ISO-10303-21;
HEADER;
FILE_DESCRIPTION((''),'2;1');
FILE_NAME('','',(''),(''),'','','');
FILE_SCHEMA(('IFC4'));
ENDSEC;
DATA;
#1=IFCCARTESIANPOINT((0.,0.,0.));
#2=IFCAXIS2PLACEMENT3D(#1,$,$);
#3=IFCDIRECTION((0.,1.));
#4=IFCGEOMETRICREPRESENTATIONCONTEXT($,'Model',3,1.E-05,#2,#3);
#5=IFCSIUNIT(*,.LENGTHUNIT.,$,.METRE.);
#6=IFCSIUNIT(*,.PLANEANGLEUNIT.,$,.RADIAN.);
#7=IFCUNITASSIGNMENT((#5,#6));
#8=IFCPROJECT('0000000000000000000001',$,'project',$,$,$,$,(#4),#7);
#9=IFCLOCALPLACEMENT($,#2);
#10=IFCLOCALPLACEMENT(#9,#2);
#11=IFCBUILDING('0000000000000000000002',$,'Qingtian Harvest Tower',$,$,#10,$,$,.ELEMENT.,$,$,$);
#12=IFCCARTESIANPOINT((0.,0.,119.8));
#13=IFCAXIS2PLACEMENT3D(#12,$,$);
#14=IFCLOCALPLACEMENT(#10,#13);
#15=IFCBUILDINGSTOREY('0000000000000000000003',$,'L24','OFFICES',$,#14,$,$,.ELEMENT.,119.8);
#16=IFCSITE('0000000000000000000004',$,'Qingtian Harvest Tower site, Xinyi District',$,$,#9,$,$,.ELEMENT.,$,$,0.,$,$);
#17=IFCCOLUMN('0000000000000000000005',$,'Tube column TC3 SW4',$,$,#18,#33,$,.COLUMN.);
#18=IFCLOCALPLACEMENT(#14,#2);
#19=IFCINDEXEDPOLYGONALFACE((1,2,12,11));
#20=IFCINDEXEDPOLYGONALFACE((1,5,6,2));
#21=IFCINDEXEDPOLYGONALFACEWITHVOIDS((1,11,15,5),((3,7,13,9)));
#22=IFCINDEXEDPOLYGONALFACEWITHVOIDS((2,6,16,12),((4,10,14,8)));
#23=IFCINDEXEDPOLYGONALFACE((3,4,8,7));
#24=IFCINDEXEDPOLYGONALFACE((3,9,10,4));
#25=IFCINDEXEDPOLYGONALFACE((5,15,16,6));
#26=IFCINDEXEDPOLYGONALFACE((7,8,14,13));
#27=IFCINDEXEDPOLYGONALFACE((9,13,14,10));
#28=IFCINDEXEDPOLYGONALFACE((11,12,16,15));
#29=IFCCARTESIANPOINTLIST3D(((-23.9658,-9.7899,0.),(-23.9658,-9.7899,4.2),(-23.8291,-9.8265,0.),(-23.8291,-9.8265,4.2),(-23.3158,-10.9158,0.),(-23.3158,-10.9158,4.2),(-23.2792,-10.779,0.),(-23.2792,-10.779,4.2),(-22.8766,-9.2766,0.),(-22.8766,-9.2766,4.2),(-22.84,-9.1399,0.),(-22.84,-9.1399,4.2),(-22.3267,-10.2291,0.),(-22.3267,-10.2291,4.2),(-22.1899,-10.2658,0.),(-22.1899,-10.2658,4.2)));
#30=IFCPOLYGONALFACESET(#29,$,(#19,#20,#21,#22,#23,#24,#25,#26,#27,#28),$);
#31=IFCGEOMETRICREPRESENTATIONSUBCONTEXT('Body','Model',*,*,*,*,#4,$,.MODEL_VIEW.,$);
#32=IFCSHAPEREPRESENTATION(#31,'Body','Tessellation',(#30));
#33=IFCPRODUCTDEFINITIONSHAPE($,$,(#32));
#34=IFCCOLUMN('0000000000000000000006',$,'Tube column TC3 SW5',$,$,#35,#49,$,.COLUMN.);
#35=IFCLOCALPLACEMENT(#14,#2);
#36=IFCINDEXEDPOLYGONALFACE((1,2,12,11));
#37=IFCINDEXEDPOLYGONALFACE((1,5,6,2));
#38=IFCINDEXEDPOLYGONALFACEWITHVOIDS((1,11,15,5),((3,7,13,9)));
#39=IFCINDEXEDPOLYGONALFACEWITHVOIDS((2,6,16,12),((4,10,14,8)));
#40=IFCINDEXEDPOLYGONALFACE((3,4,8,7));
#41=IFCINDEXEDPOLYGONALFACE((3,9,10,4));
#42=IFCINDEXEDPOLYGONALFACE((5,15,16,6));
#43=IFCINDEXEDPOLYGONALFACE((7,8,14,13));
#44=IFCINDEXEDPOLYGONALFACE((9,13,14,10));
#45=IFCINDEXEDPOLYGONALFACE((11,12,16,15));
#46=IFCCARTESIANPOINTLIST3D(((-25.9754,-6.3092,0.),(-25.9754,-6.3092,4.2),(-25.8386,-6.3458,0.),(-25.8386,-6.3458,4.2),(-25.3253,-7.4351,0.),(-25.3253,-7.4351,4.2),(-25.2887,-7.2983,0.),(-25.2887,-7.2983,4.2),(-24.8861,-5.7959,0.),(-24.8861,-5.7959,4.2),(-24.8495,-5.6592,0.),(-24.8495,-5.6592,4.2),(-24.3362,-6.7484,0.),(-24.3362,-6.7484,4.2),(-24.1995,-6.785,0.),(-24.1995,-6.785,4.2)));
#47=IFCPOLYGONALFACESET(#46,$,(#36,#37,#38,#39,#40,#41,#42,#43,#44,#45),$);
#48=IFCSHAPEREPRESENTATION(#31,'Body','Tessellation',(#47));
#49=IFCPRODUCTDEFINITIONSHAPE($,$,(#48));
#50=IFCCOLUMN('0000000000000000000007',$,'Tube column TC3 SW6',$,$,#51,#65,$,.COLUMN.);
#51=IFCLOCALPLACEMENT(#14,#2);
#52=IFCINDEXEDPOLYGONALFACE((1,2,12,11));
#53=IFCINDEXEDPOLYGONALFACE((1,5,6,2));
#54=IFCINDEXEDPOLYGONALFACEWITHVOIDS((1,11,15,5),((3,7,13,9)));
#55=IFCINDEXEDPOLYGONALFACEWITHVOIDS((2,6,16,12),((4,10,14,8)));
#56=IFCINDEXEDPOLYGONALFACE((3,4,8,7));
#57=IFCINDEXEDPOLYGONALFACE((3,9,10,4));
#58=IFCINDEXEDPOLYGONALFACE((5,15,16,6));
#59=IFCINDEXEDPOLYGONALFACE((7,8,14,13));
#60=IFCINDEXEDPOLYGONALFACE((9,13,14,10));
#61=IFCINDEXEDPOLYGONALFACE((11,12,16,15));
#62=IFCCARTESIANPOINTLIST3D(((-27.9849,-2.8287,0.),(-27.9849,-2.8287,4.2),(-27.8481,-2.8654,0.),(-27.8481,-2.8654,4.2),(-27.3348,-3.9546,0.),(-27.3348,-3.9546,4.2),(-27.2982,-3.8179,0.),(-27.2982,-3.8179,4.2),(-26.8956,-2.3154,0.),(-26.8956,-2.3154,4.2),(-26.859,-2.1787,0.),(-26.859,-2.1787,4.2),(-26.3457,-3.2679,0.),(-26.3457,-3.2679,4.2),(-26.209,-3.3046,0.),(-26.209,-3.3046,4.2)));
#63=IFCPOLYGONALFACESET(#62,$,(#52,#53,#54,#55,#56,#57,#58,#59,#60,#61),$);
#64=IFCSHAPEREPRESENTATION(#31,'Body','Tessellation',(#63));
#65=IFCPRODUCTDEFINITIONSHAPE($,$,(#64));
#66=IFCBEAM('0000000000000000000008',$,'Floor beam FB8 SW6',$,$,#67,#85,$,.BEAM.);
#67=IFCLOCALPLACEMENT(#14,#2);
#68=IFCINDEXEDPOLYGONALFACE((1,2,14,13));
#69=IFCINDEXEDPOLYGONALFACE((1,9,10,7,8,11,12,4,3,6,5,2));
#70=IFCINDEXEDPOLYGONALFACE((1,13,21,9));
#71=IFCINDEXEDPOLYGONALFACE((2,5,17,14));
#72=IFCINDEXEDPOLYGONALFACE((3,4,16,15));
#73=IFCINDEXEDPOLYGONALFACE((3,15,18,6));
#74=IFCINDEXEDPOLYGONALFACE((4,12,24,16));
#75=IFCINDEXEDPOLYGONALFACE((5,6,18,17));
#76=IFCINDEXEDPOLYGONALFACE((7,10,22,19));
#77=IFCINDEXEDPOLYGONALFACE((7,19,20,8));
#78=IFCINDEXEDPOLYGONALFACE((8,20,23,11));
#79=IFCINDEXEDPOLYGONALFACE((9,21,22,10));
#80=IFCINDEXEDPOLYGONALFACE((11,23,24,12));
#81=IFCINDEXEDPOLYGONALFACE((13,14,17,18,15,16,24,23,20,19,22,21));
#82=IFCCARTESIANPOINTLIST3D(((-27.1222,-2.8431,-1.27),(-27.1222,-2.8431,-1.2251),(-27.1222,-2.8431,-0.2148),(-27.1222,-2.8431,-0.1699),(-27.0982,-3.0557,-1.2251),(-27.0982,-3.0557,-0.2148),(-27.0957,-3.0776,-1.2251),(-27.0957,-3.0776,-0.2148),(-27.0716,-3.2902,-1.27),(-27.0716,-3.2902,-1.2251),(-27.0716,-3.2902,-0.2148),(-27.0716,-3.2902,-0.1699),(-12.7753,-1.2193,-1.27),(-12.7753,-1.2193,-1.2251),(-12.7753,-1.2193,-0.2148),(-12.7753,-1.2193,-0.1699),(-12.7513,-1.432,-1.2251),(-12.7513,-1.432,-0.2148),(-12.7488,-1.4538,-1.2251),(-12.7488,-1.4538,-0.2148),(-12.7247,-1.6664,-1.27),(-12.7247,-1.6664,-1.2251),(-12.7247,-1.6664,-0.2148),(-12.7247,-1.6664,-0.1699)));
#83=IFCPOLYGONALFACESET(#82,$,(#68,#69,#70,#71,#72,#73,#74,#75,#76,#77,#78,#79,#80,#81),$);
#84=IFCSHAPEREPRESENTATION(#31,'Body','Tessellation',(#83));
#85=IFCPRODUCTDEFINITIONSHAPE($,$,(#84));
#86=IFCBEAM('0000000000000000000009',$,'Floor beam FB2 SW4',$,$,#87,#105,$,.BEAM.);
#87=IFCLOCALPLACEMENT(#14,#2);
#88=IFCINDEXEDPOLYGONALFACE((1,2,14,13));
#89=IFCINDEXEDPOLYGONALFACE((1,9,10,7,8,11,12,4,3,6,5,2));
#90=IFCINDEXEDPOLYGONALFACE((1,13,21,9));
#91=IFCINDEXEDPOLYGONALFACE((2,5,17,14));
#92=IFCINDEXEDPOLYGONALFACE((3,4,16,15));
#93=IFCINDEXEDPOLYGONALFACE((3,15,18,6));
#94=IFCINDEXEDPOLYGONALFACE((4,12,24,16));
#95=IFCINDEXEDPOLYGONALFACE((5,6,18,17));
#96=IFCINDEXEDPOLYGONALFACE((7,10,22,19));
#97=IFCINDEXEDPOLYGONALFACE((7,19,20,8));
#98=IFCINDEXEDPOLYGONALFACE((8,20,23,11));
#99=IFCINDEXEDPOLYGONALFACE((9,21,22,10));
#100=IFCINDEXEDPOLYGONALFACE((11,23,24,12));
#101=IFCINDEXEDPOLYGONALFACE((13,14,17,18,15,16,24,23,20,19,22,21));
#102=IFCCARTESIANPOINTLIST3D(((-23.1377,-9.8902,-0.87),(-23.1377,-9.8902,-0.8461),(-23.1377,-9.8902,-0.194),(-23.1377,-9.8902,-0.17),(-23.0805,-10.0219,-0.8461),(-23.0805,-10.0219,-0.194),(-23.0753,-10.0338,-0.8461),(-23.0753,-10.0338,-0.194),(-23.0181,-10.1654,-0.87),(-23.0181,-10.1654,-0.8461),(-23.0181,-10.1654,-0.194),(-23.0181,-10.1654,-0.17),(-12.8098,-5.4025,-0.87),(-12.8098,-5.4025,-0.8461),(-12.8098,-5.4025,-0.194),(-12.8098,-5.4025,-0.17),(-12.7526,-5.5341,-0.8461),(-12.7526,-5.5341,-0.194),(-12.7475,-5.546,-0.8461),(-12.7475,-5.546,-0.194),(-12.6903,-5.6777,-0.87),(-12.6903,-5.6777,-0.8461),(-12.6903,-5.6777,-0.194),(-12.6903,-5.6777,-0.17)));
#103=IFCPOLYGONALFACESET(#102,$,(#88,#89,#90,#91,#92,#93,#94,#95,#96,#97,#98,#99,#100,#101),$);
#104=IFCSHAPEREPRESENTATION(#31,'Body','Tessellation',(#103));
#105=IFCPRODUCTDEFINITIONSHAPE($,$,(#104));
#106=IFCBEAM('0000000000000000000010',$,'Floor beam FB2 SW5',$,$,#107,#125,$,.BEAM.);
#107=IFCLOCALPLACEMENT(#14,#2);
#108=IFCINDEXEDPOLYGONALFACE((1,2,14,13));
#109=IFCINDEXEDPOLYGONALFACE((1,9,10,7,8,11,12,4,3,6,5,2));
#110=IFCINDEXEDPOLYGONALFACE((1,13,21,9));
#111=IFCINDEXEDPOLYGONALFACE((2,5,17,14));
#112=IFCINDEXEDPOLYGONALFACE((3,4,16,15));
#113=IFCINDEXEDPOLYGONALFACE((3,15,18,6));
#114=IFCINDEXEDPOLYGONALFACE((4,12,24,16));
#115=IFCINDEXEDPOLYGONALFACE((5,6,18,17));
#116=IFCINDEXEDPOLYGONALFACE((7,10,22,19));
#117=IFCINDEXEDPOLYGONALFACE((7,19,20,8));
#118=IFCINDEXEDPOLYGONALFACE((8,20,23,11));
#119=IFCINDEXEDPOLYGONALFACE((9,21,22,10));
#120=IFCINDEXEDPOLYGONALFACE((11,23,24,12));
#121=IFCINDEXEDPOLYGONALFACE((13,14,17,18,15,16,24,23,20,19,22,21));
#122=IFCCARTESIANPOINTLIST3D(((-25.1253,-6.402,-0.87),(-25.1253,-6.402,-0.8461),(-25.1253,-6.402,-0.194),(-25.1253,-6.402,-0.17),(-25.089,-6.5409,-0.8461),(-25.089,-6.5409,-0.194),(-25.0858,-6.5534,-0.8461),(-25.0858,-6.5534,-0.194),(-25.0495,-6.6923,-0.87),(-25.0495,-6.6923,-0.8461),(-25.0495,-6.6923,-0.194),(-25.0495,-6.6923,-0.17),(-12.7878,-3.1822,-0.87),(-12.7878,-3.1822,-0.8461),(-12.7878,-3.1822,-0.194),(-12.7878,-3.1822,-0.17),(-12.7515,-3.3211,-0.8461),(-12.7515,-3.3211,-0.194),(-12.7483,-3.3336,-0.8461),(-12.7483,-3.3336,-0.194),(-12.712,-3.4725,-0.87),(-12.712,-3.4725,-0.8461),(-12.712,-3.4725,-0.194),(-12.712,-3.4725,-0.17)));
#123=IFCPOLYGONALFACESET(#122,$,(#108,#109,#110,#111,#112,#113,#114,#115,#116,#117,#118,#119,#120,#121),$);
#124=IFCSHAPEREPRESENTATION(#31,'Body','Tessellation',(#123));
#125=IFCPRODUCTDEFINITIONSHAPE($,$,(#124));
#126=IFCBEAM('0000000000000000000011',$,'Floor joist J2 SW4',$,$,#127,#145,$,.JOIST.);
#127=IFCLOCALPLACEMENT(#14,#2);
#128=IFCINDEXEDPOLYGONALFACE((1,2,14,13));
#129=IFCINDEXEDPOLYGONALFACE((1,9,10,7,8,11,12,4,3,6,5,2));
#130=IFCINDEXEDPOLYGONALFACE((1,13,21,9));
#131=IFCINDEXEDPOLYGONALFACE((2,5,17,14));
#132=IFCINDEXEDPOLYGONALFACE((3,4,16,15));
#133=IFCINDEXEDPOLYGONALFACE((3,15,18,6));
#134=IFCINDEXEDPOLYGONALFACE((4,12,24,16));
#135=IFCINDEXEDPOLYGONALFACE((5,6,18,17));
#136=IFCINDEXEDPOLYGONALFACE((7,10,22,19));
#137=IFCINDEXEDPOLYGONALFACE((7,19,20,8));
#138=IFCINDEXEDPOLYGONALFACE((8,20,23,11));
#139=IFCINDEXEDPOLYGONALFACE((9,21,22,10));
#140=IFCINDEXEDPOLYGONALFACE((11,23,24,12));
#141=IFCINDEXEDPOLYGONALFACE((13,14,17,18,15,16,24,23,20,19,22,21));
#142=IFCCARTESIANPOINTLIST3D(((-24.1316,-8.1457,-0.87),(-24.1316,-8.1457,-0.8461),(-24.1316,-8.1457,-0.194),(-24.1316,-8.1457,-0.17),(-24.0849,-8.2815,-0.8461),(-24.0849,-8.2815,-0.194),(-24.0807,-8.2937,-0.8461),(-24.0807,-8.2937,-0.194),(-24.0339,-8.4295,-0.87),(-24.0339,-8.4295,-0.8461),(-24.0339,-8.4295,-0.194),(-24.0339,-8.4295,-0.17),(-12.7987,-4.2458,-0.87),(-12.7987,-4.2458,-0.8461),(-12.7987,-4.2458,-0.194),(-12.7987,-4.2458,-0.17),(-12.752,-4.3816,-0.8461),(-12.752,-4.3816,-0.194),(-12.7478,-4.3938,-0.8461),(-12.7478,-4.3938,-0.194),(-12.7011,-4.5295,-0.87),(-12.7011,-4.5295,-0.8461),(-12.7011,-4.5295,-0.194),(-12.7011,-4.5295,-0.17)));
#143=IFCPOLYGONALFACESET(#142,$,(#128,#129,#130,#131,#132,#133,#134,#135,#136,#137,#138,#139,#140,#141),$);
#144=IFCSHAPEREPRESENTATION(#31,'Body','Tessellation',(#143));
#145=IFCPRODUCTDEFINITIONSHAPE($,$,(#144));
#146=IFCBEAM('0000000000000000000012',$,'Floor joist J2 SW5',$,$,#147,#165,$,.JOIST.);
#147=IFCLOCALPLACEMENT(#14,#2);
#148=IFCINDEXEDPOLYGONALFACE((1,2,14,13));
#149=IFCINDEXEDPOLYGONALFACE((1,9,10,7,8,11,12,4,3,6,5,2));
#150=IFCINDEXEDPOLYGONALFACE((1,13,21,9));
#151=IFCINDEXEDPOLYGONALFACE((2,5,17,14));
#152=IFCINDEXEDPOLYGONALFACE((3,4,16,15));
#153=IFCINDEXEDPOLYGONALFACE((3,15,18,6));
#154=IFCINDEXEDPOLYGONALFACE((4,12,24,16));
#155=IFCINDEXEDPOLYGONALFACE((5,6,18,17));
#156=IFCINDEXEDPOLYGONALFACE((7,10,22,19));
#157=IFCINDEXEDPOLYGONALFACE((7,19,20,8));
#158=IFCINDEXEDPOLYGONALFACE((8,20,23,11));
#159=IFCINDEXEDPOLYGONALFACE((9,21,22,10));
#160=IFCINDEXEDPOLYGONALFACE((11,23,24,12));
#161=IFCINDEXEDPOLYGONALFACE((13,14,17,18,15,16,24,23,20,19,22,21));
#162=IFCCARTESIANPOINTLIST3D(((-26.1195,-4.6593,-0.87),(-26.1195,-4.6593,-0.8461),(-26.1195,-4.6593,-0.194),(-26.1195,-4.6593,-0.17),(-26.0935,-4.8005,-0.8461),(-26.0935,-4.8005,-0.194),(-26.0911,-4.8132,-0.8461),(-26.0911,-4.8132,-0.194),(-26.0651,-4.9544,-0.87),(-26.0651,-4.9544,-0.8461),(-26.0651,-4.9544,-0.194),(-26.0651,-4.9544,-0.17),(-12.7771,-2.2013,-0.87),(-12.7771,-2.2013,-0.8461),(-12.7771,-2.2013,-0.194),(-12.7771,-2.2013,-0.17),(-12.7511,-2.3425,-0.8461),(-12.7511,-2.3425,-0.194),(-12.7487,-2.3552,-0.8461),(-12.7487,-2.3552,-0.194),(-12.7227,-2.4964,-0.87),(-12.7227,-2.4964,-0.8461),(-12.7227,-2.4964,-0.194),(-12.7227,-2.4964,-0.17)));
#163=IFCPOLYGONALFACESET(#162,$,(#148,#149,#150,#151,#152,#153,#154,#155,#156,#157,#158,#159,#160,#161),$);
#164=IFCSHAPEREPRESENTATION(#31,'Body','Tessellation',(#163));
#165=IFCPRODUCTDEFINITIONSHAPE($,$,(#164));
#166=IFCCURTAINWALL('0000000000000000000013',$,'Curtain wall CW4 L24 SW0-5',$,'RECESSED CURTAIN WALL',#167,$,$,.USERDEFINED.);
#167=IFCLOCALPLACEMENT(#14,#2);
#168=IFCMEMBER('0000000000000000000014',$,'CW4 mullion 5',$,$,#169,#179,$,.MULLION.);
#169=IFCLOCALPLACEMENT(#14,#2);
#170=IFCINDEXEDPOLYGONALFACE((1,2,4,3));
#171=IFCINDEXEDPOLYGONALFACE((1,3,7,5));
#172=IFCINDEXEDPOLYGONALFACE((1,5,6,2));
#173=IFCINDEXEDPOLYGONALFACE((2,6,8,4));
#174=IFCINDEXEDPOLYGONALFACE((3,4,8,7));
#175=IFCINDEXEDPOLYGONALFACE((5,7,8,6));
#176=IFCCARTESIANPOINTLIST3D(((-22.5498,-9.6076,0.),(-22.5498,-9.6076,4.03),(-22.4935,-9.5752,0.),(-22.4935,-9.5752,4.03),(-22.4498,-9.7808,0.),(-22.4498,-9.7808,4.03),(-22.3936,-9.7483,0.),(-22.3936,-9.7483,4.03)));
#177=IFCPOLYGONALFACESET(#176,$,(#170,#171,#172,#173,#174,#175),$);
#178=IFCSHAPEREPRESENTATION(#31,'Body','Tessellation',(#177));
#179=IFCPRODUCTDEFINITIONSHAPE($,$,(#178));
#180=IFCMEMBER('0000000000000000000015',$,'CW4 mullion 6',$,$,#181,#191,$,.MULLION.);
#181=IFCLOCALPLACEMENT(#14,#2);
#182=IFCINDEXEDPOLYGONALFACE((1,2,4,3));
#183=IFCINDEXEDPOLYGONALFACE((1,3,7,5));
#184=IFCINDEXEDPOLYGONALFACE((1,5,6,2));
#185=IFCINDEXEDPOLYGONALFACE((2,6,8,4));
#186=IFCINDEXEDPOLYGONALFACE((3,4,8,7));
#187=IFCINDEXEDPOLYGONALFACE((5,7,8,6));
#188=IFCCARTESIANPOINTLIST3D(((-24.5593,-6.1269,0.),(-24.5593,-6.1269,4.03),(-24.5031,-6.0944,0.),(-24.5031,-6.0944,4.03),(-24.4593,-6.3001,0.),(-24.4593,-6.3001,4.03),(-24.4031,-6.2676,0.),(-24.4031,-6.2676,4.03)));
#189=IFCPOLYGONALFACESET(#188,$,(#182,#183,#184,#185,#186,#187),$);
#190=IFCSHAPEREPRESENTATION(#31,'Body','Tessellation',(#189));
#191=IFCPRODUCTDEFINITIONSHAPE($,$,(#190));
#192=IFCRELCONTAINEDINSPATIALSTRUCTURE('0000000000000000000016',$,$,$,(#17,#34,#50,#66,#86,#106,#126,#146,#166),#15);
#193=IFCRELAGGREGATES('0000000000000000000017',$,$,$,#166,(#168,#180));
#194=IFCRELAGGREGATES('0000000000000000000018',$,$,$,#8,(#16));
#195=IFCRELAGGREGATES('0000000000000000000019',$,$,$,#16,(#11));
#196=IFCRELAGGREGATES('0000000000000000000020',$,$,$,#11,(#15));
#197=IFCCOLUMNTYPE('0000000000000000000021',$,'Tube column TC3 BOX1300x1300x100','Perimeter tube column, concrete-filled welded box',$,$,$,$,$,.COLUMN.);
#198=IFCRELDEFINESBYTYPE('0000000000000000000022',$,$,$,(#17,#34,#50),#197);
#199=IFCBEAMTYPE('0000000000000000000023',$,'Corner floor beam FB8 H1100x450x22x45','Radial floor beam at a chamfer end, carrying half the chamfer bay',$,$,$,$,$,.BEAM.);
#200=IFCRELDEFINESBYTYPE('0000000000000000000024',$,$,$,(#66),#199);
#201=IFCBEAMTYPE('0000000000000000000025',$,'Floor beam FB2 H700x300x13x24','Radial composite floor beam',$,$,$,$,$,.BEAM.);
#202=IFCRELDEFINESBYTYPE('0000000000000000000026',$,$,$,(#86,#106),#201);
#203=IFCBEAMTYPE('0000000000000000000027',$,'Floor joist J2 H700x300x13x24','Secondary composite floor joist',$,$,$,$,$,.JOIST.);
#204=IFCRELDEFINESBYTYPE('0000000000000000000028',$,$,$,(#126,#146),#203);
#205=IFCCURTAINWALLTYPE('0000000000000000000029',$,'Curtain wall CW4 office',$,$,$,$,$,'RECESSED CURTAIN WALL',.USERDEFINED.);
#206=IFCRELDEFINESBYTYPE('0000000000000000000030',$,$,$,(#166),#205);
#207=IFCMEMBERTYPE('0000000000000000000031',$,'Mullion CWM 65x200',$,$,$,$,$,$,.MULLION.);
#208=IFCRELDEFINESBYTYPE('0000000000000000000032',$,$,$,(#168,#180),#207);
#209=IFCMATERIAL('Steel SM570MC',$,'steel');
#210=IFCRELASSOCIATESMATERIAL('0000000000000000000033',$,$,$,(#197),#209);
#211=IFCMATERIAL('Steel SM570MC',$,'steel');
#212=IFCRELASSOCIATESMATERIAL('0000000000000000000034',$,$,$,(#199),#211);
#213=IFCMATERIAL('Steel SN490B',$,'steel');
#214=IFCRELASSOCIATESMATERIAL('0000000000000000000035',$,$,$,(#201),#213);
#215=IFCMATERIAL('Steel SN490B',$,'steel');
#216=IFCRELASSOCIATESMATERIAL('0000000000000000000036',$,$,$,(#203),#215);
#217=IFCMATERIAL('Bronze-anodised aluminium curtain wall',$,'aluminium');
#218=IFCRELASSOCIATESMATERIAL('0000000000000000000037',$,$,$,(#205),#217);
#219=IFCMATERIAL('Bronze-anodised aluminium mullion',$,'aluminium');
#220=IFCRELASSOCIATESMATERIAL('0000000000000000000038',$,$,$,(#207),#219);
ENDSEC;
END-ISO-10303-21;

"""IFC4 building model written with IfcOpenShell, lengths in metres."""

from ifc_helpers import new_model, si_unit, direction, frame, origin, origin_2d, place, context, subcontext, project, spatial, rectangle, hollow_rectangle, i_section, extrude, material, material_profile, profile_set, type_object, element, aggregate, save


model = new_model("IFC4")

# Units and contexts
model_context = context("Model", 3, precision=1e-05, world=origin(), true_north=direction((0.0, 1.0)))
body_context = subcontext(model_context, "Body", "Model", "MODEL_VIEW")
ifc_project = project(units=[si_unit("LENGTHUNIT", "METRE"), si_unit("PLANEANGLEUNIT", "RADIAN")], contexts=[model_context])

# Site, building, storey
site_placement = place(None, origin())
site = spatial("IfcSite", under=ifc_project, at=site_placement, Name="Qingtian Harvest Tower site, Xinyi District", CompositionType="ELEMENT", RefElevation=0.0)
building_placement = place(site_placement, origin())
building = spatial("IfcBuilding", under=site, at=building_placement, Name="Qingtian Harvest Tower", CompositionType="ELEMENT")
storey_placement = place(building_placement, frame((0.0, 0.0, 119.8)))
storey = spatial("IfcBuildingStorey", under=building, at=storey_placement, Name="L24", Description="OFFICES", CompositionType="ELEMENT", Elevation=119.8)

# Columns
ifc_material_1 = material(Name="Steel SM570MC", Category="steel")
ifc_material_profile_1 = material_profile(ifc_material_1, hollow_rectangle(XDim=1.3, YDim=1.3, WallThickness=0.1001, at=origin_2d()), Name="BOX1300x1300x100")
ifc_profile_set_1 = profile_set([ifc_material_profile_1], Name="Steel SM570MC")
column_type = type_object("IfcColumnType", Name="Tube column TC3 BOX1300x1300x100", Description="Perimeter tube column, concrete-filled welded box", PredefinedType="COLUMN", material=ifc_profile_set_1)
for number, where, z_axis, x_axis, name in (
    (1, (-23.0779, -10.0278, 0.0), (0.0, 0.0, 1.0), (0.5, -0.866025, 0.0), "Tube column TC3 SW4"),
    (2, (-25.0874, -6.5471, 0.0), (0.0, 0.0, 1.0), (0.5, -0.866025, 0.0), "Tube column TC3 SW5"),
    (3, (-27.0969, -3.0667, 0.0), (0.0, 0.0, 1.0), (0.5, -0.866025, 0.0), "Tube column TC3 SW6"),
):
    element("IfcColumn", number, at=place(storey_placement, frame(where, z_axis=z_axis, x_axis=x_axis)), inside=storey, type_object=column_type, Name=name, PredefinedType="COLUMN", context=body_context, shape_type="SweptSolid", body=[
        extrude(hollow_rectangle(XDim=1.3, YDim=1.3, WallThickness=0.1001, at=origin_2d()), origin(), (0.0, 0.0, 1.0), 4.2),
    ])

# Beams
ifc_material_2 = material(Name="Steel SM570MC", Category="steel")
ifc_material_profile_2 = material_profile(ifc_material_2, i_section(OverallWidth=0.45, OverallDepth=1.1001, WebThickness=0.022, FlangeThickness=0.0449, at=origin_2d()), Name="H1100x450x22x45")
ifc_profile_set_2 = profile_set([ifc_material_profile_2], Name="Steel SM570MC")
beam_type_1 = type_object("IfcBeamType", Name="Corner floor beam FB8 H1100x450x22x45", Description="Radial floor beam at a chamfer end, carrying half the chamfer bay", PredefinedType="BEAM", material=ifc_profile_set_2)
beam_1_placement = place(storey_placement, frame((-27.0969, -3.0667, -0.72), z_axis=(0.993656, 0.112462, 0.0), x_axis=(-0.112462, 0.993656, 0.0)))
element("IfcBeam", 4, at=beam_1_placement, inside=storey, type_object=beam_type_1, Name="Floor beam FB8 SW6", PredefinedType="BEAM", context=body_context, shape_type="SweptSolid", body=[
    extrude(i_section(OverallWidth=0.45, OverallDepth=1.1001, WebThickness=0.022, FlangeThickness=0.0449, at=origin_2d()), origin(), (0.0, 0.0, 1.0), 14.4385),
])
ifc_material_3 = material(Name="Steel SN490B", Category="steel")
ifc_material_profile_3 = material_profile(ifc_material_3, i_section(OverallWidth=0.3, OverallDepth=0.7, WebThickness=0.0129, FlangeThickness=0.0239, at=origin_2d()), Name="H700x300x13x24")
ifc_profile_set_3 = profile_set([ifc_material_profile_3], Name="Steel SN490B")
beam_type_2 = type_object("IfcBeamType", Name="Floor beam FB2 H700x300x13x24", Description="Radial composite floor beam", PredefinedType="BEAM", material=ifc_profile_set_3)
beam_2_placement = place(storey_placement, frame((-23.0779, -10.0278, -0.52), z_axis=(0.917154, 0.398533, 0.0), x_axis=(-0.398533, 0.917154, 0.0)))
element("IfcBeam", 5, at=beam_2_placement, inside=storey, type_object=beam_type_2, Name="Floor beam FB2 SW4", PredefinedType="BEAM", context=body_context, shape_type="SweptSolid", body=[
    extrude(i_section(OverallWidth=0.3, OverallDepth=0.7, WebThickness=0.0129, FlangeThickness=0.0239, at=origin_2d()), origin(), (0.0, 0.0, 1.0), 11.2607),
])
beam_3_placement = place(storey_placement, frame((-25.0874, -6.5471, -0.52), z_axis=(0.967593, 0.252515, 0.0), x_axis=(-0.252515, 0.967593, 0.0)))
element("IfcBeam", 6, at=beam_3_placement, inside=storey, type_object=beam_type_2, Name="Floor beam FB2 SW5", PredefinedType="BEAM", context=body_context, shape_type="SweptSolid", body=[
    extrude(i_section(OverallWidth=0.3, OverallDepth=0.7, WebThickness=0.0129, FlangeThickness=0.0239, at=origin_2d()), origin(), (0.0, 0.0, 1.0), 12.7507),
])
ifc_material_4 = material(Name="Steel SN490B", Category="steel")
ifc_material_profile_4 = material_profile(ifc_material_4, i_section(OverallWidth=0.3, OverallDepth=0.7, WebThickness=0.0129, FlangeThickness=0.0239, at=origin_2d()), Name="H700x300x13x24")
ifc_profile_set_4 = profile_set([ifc_material_profile_4], Name="Steel SN490B")
beam_type_3 = type_object("IfcBeamType", Name="Floor joist J2 H700x300x13x24", Description="Secondary composite floor joist", PredefinedType="JOIST", material=ifc_profile_set_4)
beam_4_placement = place(storey_placement, frame((-24.0828, -8.2876, -0.52), z_axis=(0.945577, 0.325398, 0.0), x_axis=(-0.325398, 0.945577, 0.0)))
element("IfcBeam", 7, at=beam_4_placement, inside=storey, type_object=beam_type_3, Name="Floor joist J2 SW4", PredefinedType="JOIST", context=body_context, shape_type="SweptSolid", body=[
    extrude(i_section(OverallWidth=0.3, OverallDepth=0.7, WebThickness=0.0129, FlangeThickness=0.0239, at=origin_2d()), origin(), (0.0, 0.0, 1.0), 11.9851),
])
beam_5_placement = place(storey_placement, frame((-26.0923, -4.8069, -0.52), z_axis=(0.98345, 0.181178, 0.0), x_axis=(-0.181178, 0.98345, 0.0)))
element("IfcBeam", 8, at=beam_5_placement, inside=storey, type_object=beam_type_3, Name="Floor joist J2 SW5", PredefinedType="JOIST", context=body_context, shape_type="SweptSolid", body=[
    extrude(i_section(OverallWidth=0.3, OverallDepth=0.7, WebThickness=0.0129, FlangeThickness=0.0239, at=origin_2d()), origin(), (0.0, 0.0, 1.0), 13.5669),
])

# Curtain wall, members
ifc_material_5 = material(Name="Bronze-anodised aluminium curtain wall", Category="aluminium")
curtain_wall_type = type_object("IfcCurtainWallType", Name="Curtain wall CW4 office", ElementType="RECESSED CURTAIN WALL", PredefinedType="USERDEFINED", material=ifc_material_5)
curtain_wall_1_placement = place(storey_placement, origin())
curtain_wall_1 = element("IfcCurtainWall", 9, at=curtain_wall_1_placement, inside=storey, type_object=curtain_wall_type, Name="Curtain wall CW4 L24 SW0-5", ObjectType="RECESSED CURTAIN WALL", PredefinedType="USERDEFINED")
ifc_material_6 = material(Name="Bronze-anodised aluminium mullion", Category="aluminium")
ifc_material_profile_5 = material_profile(ifc_material_6, rectangle(XDim=0.0649, YDim=0.2, at=origin_2d()), Name="AL 65x200")
ifc_profile_set_5 = profile_set([ifc_material_profile_5], Name="Bronze-anodised aluminium mullion")
member_type_1 = type_object("IfcMemberType", Name="Mullion CWM 65x200", PredefinedType="MULLION", material=ifc_profile_set_5)
member_1_placement = place(storey_placement, frame((-22.4717, -9.678, 0.0), z_axis=(0.0, 0.0, 1.0), x_axis=(-0.866025, -0.5, 0.0)))
member_1 = element("IfcMember", 10, at=member_1_placement, type_object=member_type_1, Name="CW4 mullion 5", PredefinedType="MULLION", context=body_context, shape_type="SweptSolid", body=[
    extrude(rectangle(XDim=0.0649, YDim=0.2, at=origin_2d()), origin(), (0.0, 0.0, 1.0), 4.03),
])
member_2_placement = place(storey_placement, frame((-24.4812, -6.1973, 0.0), z_axis=(0.0, 0.0, 1.0), x_axis=(-0.866025, -0.5, 0.0)))
member_2 = element("IfcMember", 11, at=member_2_placement, type_object=member_type_1, Name="CW4 mullion 6", PredefinedType="MULLION", context=body_context, shape_type="SweptSolid", body=[
    extrude(rectangle(XDim=0.0649, YDim=0.2, at=origin_2d()), origin(), (0.0, 0.0, 1.0), 4.03),
])

aggregate(curtain_wall_1, [member_1, member_2])

save(model, "model.ifc")
